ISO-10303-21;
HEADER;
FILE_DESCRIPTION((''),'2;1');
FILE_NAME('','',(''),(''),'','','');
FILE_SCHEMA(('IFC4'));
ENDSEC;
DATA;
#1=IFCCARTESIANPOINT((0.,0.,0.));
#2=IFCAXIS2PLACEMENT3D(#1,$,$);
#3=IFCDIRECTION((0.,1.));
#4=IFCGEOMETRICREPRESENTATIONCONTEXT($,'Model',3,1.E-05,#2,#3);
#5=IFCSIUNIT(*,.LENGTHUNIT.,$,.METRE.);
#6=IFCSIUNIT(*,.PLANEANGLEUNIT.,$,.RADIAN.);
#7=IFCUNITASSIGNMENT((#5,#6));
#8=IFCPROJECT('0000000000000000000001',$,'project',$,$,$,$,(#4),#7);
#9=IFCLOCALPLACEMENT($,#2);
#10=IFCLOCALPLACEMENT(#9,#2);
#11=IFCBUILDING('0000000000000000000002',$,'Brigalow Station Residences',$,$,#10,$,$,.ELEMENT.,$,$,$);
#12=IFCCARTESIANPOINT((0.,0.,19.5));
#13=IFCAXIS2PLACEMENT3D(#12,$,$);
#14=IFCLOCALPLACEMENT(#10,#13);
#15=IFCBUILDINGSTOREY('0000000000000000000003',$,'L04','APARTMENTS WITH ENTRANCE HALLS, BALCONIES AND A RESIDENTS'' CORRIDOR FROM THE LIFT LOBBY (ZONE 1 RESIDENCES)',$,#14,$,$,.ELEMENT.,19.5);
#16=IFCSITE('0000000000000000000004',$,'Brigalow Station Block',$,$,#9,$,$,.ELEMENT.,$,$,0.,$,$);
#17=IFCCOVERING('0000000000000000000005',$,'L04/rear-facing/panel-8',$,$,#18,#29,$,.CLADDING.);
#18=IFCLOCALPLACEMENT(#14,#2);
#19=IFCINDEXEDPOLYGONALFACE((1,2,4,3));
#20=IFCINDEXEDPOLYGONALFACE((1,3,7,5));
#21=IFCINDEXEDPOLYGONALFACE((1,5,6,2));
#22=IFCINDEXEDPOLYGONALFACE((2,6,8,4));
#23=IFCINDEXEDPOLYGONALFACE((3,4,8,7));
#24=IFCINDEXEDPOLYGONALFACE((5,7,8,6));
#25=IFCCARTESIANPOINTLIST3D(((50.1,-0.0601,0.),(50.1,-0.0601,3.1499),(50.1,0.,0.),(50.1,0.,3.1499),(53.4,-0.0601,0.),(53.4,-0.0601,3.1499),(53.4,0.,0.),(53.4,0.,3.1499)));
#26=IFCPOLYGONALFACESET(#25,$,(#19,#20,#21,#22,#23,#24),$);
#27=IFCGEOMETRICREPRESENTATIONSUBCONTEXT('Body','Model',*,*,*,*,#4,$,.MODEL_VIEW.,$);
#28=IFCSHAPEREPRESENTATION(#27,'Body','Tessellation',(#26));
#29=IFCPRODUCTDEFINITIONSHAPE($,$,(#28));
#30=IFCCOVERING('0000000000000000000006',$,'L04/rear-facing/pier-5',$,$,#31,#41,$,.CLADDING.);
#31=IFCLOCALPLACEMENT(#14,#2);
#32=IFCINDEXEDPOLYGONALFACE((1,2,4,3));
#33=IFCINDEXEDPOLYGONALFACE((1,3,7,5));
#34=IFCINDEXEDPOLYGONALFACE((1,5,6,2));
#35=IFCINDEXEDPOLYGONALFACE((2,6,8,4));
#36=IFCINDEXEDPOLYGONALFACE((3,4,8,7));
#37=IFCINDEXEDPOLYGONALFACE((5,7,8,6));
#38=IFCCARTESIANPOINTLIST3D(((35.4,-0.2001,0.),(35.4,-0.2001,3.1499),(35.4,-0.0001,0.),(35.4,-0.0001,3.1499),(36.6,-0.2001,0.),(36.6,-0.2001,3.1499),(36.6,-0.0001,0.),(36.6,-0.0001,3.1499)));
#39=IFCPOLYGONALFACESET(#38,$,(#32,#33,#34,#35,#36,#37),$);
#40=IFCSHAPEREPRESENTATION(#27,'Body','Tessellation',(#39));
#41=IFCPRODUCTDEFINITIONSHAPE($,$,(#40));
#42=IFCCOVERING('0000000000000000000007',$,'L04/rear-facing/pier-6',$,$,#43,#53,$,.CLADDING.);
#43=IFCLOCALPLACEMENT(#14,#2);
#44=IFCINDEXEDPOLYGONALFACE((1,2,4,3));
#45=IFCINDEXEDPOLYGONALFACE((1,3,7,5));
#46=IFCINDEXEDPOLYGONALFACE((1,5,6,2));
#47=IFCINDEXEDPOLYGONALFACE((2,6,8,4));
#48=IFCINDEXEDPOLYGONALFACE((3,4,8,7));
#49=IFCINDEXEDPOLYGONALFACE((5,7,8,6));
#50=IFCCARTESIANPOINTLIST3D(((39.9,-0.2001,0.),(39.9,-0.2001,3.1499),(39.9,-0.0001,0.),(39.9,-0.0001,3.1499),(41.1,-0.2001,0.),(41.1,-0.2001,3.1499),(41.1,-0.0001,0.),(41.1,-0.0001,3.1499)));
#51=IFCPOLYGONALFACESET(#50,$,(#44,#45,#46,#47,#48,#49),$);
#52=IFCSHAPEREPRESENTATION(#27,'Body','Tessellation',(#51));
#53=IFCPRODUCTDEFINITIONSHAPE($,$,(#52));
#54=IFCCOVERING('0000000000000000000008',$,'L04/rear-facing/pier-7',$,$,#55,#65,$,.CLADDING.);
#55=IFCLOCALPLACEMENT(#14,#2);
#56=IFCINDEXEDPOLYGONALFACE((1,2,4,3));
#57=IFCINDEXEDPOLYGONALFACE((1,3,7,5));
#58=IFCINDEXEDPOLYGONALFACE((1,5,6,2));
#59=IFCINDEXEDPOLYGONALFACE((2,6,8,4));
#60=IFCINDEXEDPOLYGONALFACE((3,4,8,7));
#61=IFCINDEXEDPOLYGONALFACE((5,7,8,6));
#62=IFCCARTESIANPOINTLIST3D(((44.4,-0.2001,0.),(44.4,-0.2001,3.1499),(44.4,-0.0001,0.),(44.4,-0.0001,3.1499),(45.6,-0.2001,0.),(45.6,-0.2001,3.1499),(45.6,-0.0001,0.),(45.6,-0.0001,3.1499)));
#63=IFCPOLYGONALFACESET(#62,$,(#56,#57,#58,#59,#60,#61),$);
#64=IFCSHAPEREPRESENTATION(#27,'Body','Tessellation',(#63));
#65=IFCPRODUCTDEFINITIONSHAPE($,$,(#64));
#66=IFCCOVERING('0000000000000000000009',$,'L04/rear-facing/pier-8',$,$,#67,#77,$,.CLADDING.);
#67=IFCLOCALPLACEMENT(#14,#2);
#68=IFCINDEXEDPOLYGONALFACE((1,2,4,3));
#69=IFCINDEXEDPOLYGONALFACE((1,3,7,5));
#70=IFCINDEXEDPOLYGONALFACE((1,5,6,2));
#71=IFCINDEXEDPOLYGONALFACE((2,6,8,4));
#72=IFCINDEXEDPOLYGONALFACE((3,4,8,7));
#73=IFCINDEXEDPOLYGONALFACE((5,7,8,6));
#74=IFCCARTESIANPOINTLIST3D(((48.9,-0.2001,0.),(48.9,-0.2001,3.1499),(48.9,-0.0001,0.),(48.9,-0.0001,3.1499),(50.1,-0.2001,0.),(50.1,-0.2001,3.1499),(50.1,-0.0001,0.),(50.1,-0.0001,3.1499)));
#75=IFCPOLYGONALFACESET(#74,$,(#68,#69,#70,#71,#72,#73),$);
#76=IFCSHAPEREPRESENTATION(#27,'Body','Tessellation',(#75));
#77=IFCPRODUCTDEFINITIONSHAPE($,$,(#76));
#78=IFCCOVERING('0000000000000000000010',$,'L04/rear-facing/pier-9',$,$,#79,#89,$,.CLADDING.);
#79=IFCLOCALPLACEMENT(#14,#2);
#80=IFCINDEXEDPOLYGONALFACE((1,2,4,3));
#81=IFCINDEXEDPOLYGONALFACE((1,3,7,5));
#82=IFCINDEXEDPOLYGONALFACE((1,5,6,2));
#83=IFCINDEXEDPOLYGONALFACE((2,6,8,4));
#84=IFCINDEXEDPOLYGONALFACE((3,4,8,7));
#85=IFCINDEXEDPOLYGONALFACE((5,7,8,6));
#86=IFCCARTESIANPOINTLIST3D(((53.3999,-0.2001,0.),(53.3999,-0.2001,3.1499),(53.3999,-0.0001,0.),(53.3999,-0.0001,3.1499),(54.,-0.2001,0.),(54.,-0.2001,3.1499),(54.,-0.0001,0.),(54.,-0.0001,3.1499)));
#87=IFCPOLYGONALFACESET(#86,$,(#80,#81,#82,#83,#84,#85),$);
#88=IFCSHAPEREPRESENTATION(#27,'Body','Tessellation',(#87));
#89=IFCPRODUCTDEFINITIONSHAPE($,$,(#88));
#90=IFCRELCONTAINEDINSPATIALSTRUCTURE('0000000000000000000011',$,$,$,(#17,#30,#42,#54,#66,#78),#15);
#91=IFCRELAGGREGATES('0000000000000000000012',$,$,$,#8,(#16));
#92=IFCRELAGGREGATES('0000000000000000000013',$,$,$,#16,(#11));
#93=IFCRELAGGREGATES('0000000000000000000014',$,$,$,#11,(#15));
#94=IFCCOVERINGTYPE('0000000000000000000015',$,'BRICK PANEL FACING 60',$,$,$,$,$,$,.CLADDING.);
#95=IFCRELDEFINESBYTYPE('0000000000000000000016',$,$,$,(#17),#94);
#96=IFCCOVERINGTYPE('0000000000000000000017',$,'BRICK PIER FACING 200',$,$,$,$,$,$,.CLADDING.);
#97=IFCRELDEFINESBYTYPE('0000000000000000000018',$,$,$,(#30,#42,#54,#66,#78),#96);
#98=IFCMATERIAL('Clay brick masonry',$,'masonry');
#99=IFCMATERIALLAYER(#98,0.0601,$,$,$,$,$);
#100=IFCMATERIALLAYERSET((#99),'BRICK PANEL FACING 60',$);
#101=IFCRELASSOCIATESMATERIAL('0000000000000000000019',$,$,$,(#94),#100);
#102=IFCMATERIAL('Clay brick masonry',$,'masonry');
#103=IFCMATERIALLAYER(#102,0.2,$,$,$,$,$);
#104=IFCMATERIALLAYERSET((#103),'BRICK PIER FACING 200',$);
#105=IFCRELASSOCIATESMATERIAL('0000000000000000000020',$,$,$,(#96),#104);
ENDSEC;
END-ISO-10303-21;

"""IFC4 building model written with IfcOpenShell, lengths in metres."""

from ifc_helpers import new_model, si_unit, direction, frame, origin, origin_2d, place, context, subcontext, project, spatial, rectangle, extrude, material, layer, layer_set, type_object, element, save


model = new_model("IFC4")

# Units and contexts
model_context = context("Model", 3, precision=1e-05, world=origin(), true_north=direction((0.0, 1.0)))
body_context = subcontext(model_context, "Body", "Model", "MODEL_VIEW")
ifc_project = project(units=[si_unit("LENGTHUNIT", "METRE"), si_unit("PLANEANGLEUNIT", "RADIAN")], contexts=[model_context])

# Site, building, storey
site_placement = place(None, origin())
site = spatial("IfcSite", under=ifc_project, at=site_placement, Name="Brigalow Station Block", CompositionType="ELEMENT", RefElevation=0.0)
building_placement = place(site_placement, origin())
building = spatial("IfcBuilding", under=site, at=building_placement, Name="Brigalow Station Residences", CompositionType="ELEMENT")
storey_placement = place(building_placement, frame((0.0, 0.0, 19.5)))
storey = spatial("IfcBuildingStorey", under=building, at=storey_placement, Name="L04", Description="APARTMENTS WITH ENTRANCE HALLS, BALCONIES AND A RESIDENTS' CORRIDOR FROM THE LIFT LOBBY (ZONE 1 RESIDENCES)", CompositionType="ELEMENT", Elevation=19.5)

# Coverings
ifc_material_1 = material(Name="Clay brick masonry", Category="masonry")
ifc_layer_1 = layer(ifc_material_1, 0.0601)
ifc_layer_set_1 = layer_set([ifc_layer_1], Name="BRICK PANEL FACING 60")
covering_type_1 = type_object("IfcCoveringType", Name="BRICK PANEL FACING 60", PredefinedType="CLADDING", material=ifc_layer_set_1)
for number, where, z_axis, x_axis, name in (
    (1, (51.75, -0.03, 0.0), (0.0, 0.0, 1.0), (1.0, 0.0, 0.0), "L04/rear-facing/panel-8"),
):
    element("IfcCovering", number, at=place(storey_placement, frame(where, z_axis=z_axis, x_axis=x_axis)), inside=storey, type_object=covering_type_1, Name=name, PredefinedType="CLADDING", context=body_context, shape_type="SweptSolid", body=[
        extrude(rectangle(XDim=3.3, YDim=0.0601, at=origin_2d()), origin(), (0.0, 0.0, 1.0), 3.1499),
    ])
ifc_material_2 = material(Name="Clay brick masonry", Category="masonry")
ifc_layer_2 = layer(ifc_material_2, 0.2)
ifc_layer_set_2 = layer_set([ifc_layer_2], Name="BRICK PIER FACING 200")
covering_type_2 = type_object("IfcCoveringType", Name="BRICK PIER FACING 200", PredefinedType="CLADDING", material=ifc_layer_set_2)
for number, where, z_axis, x_axis, name in (
    (2, (36.0, -0.1001, 0.0), (0.0, 0.0, 1.0), (1.0, 0.0, 0.0), "L04/rear-facing/pier-5"),
    (3, (40.5, -0.1001, 0.0), (0.0, 0.0, 1.0), (1.0, 0.0, 0.0), "L04/rear-facing/pier-6"),
    (4, (45.0, -0.1001, 0.0), (0.0, 0.0, 1.0), (1.0, 0.0, 0.0), "L04/rear-facing/pier-7"),
    (5, (49.5, -0.1001, 0.0), (0.0, 0.0, 1.0), (1.0, 0.0, 0.0), "L04/rear-facing/pier-8"),
):
    element("IfcCovering", number, at=place(storey_placement, frame(where, z_axis=z_axis, x_axis=x_axis)), inside=storey, type_object=covering_type_2, Name=name, PredefinedType="CLADDING", context=body_context, shape_type="SweptSolid", body=[
        extrude(rectangle(XDim=1.2, YDim=0.2, at=origin_2d()), origin(), (0.0, 0.0, 1.0), 3.1499),
    ])
covering_placement = place(storey_placement, frame((53.7, -0.1001, 0.0), z_axis=(0.0, 0.0, 1.0), x_axis=(1.0, 0.0, 0.0)))
element("IfcCovering", 6, at=covering_placement, inside=storey, type_object=covering_type_2, Name="L04/rear-facing/pier-9", PredefinedType="CLADDING", context=body_context, shape_type="SweptSolid", body=[
    extrude(rectangle(XDim=0.6001, YDim=0.2, at=origin_2d()), origin(), (0.0, 0.0, 1.0), 3.1499),
])

save(model, "model.ifc")
